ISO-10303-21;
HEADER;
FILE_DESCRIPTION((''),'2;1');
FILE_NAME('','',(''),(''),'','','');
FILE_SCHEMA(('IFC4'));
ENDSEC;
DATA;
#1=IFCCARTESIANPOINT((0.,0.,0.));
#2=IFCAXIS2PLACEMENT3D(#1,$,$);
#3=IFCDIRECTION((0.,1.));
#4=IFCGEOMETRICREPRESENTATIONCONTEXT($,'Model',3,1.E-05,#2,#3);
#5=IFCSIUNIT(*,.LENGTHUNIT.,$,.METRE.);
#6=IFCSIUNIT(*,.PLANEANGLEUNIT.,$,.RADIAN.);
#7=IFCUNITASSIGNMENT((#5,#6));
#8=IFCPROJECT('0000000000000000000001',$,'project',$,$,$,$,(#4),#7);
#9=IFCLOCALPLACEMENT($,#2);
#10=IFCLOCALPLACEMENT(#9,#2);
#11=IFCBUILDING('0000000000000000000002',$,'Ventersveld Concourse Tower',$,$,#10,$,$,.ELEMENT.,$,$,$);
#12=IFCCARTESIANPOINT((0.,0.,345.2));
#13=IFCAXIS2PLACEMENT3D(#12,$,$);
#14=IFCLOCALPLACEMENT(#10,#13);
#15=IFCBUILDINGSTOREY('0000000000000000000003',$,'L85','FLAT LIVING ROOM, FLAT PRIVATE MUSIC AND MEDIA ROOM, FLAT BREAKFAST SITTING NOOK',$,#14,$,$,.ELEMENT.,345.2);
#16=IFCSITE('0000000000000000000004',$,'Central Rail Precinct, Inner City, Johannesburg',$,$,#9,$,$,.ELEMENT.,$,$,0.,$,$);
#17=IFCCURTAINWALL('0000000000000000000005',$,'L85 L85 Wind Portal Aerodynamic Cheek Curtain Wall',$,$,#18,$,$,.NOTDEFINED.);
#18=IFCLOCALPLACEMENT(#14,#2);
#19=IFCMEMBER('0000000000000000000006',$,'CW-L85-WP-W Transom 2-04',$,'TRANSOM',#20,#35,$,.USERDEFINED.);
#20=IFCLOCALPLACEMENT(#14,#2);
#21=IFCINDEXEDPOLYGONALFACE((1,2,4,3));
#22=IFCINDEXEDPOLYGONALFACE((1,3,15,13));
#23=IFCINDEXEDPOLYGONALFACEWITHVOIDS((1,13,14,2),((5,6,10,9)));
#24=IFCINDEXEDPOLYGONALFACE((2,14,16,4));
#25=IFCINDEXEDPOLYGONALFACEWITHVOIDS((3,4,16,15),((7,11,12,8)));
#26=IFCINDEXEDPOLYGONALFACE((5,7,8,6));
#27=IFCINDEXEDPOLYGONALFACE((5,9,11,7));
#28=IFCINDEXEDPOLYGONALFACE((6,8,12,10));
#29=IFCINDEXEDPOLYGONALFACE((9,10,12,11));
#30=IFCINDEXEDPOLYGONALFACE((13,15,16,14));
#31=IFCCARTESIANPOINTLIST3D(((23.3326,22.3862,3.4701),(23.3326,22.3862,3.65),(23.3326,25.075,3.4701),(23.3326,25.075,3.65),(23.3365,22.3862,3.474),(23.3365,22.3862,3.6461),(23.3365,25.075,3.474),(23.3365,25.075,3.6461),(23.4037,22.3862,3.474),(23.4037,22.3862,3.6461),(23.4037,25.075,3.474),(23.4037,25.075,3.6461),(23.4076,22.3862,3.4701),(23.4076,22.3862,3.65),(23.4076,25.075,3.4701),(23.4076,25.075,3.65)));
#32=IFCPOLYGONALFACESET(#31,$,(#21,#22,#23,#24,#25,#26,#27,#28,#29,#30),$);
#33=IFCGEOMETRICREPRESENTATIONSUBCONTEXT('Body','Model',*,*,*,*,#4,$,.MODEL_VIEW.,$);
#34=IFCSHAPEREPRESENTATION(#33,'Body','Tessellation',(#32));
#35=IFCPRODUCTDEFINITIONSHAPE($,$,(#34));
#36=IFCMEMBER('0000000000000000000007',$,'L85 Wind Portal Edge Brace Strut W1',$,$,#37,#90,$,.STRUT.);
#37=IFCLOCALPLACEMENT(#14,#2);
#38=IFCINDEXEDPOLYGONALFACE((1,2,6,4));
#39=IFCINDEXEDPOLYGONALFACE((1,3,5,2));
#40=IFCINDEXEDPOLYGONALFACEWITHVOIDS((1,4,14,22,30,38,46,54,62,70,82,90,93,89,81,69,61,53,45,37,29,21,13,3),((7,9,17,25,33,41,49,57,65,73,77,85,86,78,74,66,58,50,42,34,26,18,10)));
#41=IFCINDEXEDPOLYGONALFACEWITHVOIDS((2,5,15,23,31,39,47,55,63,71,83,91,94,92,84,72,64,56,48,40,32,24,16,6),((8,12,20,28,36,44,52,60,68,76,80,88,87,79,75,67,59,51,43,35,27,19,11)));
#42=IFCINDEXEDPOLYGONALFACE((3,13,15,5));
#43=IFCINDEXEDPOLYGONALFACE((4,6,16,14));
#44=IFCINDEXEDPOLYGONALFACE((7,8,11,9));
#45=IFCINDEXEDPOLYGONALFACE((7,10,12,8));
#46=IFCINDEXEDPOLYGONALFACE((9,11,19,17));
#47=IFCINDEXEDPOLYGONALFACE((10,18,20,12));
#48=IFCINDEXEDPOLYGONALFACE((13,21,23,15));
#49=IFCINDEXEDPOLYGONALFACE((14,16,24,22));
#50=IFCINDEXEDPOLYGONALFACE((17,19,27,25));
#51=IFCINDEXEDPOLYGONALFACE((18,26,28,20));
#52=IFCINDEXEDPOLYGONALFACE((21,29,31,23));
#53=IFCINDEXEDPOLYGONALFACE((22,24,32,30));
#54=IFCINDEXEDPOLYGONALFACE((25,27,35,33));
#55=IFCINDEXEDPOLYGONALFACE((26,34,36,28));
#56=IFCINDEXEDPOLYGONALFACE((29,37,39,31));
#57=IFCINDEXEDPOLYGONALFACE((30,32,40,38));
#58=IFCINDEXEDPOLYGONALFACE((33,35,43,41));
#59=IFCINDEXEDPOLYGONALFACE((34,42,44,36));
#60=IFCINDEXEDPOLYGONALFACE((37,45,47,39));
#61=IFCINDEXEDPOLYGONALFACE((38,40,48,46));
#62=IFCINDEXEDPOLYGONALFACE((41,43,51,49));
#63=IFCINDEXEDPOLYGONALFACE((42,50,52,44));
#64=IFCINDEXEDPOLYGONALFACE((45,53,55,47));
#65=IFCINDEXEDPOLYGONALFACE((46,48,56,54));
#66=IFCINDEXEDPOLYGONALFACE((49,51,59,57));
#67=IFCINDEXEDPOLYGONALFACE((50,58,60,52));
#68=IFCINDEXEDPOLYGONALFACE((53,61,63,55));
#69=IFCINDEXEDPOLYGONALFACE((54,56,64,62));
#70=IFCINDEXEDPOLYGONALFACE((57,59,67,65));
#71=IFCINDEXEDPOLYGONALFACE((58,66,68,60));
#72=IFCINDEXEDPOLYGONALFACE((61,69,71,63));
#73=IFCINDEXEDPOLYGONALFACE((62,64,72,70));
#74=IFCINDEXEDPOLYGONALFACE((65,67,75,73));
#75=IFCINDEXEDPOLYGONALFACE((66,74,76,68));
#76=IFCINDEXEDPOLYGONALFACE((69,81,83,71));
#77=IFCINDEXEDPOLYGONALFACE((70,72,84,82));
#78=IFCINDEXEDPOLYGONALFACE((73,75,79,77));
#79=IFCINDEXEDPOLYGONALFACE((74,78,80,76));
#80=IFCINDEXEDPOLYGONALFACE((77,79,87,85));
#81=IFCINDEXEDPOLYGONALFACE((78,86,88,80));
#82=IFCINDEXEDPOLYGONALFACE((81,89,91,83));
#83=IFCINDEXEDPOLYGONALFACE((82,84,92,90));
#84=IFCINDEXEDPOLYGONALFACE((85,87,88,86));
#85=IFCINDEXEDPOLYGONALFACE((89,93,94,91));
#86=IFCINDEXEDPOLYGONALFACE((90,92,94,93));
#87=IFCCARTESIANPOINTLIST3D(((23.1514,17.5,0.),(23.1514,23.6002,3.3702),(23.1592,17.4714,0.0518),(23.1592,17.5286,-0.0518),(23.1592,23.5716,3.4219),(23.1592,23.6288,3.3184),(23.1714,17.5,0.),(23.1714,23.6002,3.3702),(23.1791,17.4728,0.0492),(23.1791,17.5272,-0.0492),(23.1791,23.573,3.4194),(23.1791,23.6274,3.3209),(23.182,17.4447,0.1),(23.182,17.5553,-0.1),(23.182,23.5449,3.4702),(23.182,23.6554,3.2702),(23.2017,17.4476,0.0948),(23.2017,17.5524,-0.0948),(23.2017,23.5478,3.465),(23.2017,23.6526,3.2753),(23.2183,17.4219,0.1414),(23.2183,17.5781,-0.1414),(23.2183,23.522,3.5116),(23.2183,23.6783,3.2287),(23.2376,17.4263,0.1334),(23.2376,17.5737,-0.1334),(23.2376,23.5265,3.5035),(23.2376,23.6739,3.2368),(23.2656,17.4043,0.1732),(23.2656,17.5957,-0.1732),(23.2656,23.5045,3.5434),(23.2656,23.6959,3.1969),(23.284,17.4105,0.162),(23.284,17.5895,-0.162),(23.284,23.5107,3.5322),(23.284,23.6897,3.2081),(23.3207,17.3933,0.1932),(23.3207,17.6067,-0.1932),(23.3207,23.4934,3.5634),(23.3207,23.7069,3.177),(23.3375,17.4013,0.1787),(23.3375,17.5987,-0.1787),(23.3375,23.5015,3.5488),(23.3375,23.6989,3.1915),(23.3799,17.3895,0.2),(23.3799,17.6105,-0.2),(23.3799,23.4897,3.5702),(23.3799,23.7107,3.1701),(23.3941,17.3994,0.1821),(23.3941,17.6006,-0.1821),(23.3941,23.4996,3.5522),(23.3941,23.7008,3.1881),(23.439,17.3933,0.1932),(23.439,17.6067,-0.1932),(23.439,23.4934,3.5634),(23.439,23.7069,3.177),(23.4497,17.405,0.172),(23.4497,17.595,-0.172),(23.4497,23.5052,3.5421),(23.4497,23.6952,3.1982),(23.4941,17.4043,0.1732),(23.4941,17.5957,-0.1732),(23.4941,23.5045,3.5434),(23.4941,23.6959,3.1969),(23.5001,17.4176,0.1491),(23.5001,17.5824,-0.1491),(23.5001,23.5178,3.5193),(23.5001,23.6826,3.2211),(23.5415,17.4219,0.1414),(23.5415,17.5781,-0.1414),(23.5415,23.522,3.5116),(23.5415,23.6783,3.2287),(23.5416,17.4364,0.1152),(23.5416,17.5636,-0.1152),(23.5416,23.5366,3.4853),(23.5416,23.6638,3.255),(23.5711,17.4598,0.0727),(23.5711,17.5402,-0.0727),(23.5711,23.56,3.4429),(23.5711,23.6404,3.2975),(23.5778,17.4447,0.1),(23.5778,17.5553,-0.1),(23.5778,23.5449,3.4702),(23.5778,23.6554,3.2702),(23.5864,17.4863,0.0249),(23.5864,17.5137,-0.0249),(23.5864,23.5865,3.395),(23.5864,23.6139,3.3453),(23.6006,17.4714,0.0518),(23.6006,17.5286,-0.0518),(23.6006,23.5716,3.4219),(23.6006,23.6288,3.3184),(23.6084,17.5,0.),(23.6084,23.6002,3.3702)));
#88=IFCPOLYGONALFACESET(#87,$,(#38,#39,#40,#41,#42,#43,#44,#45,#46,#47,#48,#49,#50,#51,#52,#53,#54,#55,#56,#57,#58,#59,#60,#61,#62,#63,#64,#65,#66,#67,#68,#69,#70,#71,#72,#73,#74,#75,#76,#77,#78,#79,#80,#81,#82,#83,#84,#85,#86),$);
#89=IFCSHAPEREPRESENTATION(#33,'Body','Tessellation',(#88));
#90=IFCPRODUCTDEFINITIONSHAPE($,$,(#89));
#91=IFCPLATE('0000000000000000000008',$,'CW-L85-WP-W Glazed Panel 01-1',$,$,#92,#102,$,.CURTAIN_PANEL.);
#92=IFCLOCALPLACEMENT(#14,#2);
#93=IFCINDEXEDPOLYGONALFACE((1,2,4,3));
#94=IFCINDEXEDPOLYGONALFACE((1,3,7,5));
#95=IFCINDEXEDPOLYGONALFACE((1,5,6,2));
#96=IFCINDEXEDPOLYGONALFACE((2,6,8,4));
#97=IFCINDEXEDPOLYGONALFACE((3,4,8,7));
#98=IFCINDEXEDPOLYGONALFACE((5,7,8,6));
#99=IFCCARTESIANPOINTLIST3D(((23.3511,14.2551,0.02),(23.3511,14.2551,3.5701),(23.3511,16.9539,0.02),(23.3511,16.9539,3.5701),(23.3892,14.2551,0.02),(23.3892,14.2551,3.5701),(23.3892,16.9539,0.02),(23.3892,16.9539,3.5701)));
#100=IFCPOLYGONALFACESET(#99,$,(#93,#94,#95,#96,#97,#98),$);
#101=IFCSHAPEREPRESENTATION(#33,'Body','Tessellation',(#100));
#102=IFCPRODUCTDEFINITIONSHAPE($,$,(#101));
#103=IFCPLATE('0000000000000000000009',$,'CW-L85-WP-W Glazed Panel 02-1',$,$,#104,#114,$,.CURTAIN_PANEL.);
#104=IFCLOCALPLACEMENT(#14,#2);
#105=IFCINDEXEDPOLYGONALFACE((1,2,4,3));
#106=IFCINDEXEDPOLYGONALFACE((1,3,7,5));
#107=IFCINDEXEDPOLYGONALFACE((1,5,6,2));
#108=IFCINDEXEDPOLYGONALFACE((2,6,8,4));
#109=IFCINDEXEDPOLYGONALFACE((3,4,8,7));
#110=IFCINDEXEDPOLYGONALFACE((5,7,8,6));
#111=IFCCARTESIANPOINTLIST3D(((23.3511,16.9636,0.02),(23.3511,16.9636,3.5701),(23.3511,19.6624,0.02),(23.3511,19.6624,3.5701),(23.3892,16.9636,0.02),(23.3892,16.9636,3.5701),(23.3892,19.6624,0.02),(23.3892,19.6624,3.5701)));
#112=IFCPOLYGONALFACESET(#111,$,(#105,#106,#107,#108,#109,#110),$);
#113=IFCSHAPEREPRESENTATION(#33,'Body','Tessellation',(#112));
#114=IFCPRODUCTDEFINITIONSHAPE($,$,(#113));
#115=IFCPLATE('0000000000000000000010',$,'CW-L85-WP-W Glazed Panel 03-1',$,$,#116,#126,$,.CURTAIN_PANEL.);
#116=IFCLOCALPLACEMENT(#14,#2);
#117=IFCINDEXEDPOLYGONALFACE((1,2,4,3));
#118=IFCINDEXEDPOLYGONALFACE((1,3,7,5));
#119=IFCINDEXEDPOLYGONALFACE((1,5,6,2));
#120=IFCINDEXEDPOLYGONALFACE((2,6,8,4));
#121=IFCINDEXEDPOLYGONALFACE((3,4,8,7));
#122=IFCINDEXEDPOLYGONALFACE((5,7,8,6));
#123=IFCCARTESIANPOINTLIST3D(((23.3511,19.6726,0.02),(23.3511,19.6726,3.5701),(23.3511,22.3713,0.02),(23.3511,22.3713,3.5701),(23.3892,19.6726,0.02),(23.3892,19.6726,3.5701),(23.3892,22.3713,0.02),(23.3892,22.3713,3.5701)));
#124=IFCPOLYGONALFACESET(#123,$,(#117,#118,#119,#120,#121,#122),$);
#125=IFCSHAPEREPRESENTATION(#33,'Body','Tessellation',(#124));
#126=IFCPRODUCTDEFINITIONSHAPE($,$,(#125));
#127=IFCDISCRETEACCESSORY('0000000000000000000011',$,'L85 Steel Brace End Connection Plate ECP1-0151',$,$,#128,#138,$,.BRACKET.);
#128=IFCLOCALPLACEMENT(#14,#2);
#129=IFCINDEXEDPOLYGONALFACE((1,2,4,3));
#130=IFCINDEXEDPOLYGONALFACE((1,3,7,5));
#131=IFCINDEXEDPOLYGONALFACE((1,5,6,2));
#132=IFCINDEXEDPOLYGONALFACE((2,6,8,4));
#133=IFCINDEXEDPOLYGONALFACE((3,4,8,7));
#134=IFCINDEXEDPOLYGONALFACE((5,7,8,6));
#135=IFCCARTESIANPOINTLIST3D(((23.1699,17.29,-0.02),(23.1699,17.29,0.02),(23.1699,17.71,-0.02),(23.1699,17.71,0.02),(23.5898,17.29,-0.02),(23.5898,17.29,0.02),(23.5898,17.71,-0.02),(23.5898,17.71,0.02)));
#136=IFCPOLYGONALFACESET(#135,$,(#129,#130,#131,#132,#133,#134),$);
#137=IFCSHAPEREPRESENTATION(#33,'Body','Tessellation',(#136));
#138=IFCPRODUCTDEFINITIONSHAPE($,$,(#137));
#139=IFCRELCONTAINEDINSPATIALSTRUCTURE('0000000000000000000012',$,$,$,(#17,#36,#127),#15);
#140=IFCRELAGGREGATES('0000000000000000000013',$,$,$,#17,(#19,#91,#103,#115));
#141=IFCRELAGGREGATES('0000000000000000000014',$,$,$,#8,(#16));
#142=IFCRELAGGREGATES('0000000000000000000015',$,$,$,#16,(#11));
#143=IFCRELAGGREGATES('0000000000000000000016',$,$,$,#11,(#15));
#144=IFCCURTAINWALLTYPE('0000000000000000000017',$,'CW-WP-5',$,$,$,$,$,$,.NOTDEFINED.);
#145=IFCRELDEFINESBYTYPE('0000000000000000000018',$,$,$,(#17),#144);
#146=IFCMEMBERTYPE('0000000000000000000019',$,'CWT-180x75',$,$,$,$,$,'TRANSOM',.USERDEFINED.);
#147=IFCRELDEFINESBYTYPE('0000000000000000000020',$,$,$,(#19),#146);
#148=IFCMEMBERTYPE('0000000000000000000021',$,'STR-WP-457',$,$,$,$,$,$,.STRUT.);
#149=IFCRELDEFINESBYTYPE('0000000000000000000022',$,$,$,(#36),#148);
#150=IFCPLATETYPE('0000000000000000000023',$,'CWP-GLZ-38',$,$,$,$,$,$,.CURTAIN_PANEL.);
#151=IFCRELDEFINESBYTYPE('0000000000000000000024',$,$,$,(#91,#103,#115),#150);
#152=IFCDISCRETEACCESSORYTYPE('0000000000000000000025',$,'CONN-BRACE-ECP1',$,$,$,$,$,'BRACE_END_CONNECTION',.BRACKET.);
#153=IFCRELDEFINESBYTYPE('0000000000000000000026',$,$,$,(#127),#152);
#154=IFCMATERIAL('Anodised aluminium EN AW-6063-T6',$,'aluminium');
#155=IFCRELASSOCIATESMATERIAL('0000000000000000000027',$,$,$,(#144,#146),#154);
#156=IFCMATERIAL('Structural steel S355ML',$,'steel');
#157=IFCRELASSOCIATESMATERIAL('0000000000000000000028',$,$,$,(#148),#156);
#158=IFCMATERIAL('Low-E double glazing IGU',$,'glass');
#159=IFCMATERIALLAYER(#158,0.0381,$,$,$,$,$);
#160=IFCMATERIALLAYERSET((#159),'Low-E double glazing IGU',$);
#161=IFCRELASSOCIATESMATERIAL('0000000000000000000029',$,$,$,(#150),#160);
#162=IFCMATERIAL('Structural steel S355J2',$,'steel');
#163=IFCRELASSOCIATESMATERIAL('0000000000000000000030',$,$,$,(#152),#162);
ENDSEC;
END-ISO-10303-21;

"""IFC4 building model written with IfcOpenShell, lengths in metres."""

from ifc_helpers import new_model, si_unit, direction, frame, origin, origin_2d, place, context, subcontext, project, spatial, rectangle, hollow_rectangle, hollow_circle, extrude, material, layer, layer_set, material_profile, profile_set, type_object, element, aggregate, save


model = new_model("IFC4")

# Units and contexts
model_context = context("Model", 3, precision=1e-05, world=origin(), true_north=direction((0.0, 1.0)))
body_context = subcontext(model_context, "Body", "Model", "MODEL_VIEW")
ifc_project = project(units=[si_unit("LENGTHUNIT", "METRE"), si_unit("PLANEANGLEUNIT", "RADIAN")], contexts=[model_context])

# Site, building, storey
site_placement = place(None, origin())
site = spatial("IfcSite", under=ifc_project, at=site_placement, Name="Central Rail Precinct, Inner City, Johannesburg", CompositionType="ELEMENT", RefElevation=0.0)
building_placement = place(site_placement, origin())
building = spatial("IfcBuilding", under=site, at=building_placement, Name="Ventersveld Concourse Tower", CompositionType="ELEMENT")
storey_placement = place(building_placement, frame((0.0, 0.0, 345.2)))
storey = spatial("IfcBuildingStorey", under=building, at=storey_placement, Name="L85", Description="FLAT LIVING ROOM, FLAT PRIVATE MUSIC AND MEDIA ROOM, FLAT BREAKFAST SITTING NOOK", CompositionType="ELEMENT", Elevation=345.2)

# Curtain wall, member
ifc_material_1 = material(Name="Anodised aluminium EN AW-6063-T6", Category="aluminium")
curtain_wall_type = type_object("IfcCurtainWallType", Name="CW-WP-5", PredefinedType="NOTDEFINED", material=ifc_material_1)
curtain_wall_placement = place(storey_placement, origin())
curtain_wall = element("IfcCurtainWall", 1, at=curtain_wall_placement, inside=storey, type_object=curtain_wall_type, Name="L85 L85 Wind Portal Aerodynamic Cheek Curtain Wall", PredefinedType="NOTDEFINED")
ifc_material_profile_1 = material_profile(ifc_material_1, hollow_rectangle(XDim=0.075, YDim=0.1799, WallThickness=0.0039, at=origin_2d()), Name="ALU 180x75x4")
ifc_profile_set_1 = profile_set([ifc_material_profile_1], Name="Anodised aluminium EN AW-6063-T6")
member_type_1 = type_object("IfcMemberType", Name="CWT-180x75", ElementType="TRANSOM", PredefinedType="USERDEFINED", material=ifc_profile_set_1)
member_1_placement = place(storey_placement, frame((23.3701, 22.3862, 3.5601), z_axis=(0.0, 1.0, 0.0), x_axis=(-1.0, 0.0, 0.0)))
member_1 = element("IfcMember", 2, at=member_1_placement, type_object=member_type_1, Name="CW-L85-WP-W Transom 2-04", ObjectType="TRANSOM", PredefinedType="USERDEFINED", context=body_context, shape_type="SweptSolid", body=[
    extrude(hollow_rectangle(XDim=0.075, YDim=0.1799, WallThickness=0.0039, at=origin_2d()), origin(), (0.0, 0.0, 1.0), 2.6887),
])

# Member
ifc_material_2 = material(Name="Structural steel S355ML", Category="steel")
ifc_material_profile_2 = material_profile(ifc_material_2, hollow_circle(Radius=0.2285, WallThickness=0.02, at=origin_2d()), Name="CHS 457x20")
ifc_profile_set_2 = profile_set([ifc_material_profile_2], Name="Structural steel S355ML")
member_type_2 = type_object("IfcMemberType", Name="STR-WP-457", PredefinedType="STRUT", material=ifc_profile_set_2)
member_2_placement = place(storey_placement, frame((23.3799, 17.5, 0.0), z_axis=(0.0, 0.875302, 0.483577), x_axis=(-1.0, 0.0, 0.0)))
element("IfcMember", 3, at=member_2_placement, inside=storey, type_object=member_type_2, Name="L85 Wind Portal Edge Brace Strut W1", PredefinedType="STRUT", context=body_context, shape_type="SweptSolid", body=[
    extrude(hollow_circle(Radius=0.2285, WallThickness=0.02, at=origin_2d()), origin(), (0.0, 0.0, 1.0), 6.9692),
])

# Plates
ifc_material_3 = material(Name="Low-E double glazing IGU", Category="glass")
ifc_layer = layer(ifc_material_3, 0.0381)
ifc_layer_set = layer_set([ifc_layer], Name="Low-E double glazing IGU")
plate_type = type_object("IfcPlateType", Name="CWP-GLZ-38", PredefinedType="CURTAIN_PANEL", material=ifc_layer_set)
plate_1_placement = place(storey_placement, frame((23.3701, 15.6045, 0.02), z_axis=(0.0, 0.0, 1.0), x_axis=(0.0, 1.0, 0.0)))
plate_1 = element("IfcPlate", 4, at=plate_1_placement, type_object=plate_type, Name="CW-L85-WP-W Glazed Panel 01-1", PredefinedType="CURTAIN_PANEL", context=body_context, shape_type="SweptSolid", body=[
    extrude(rectangle(XDim=2.6987, YDim=0.0381, at=origin_2d()), origin(), (0.0, 0.0, 1.0), 3.55),
])
plate_2_placement = place(storey_placement, frame((23.3701, 18.313, 0.02), z_axis=(0.0, 0.0, 1.0), x_axis=(0.0, 1.0, 0.0)))
plate_2 = element("IfcPlate", 5, at=plate_2_placement, type_object=plate_type, Name="CW-L85-WP-W Glazed Panel 02-1", PredefinedType="CURTAIN_PANEL", context=body_context, shape_type="SweptSolid", body=[
    extrude(rectangle(XDim=2.6987, YDim=0.0381, at=origin_2d()), origin(), (0.0, 0.0, 1.0), 3.55),
])
plate_3_placement = place(storey_placement, frame((23.3701, 21.022, 0.02), z_axis=(0.0, 0.0, 1.0), x_axis=(0.0, 1.0, 0.0)))
plate_3 = element("IfcPlate", 6, at=plate_3_placement, type_object=plate_type, Name="CW-L85-WP-W Glazed Panel 03-1", PredefinedType="CURTAIN_PANEL", context=body_context, shape_type="SweptSolid", body=[
    extrude(rectangle(XDim=2.6987, YDim=0.0381, at=origin_2d()), origin(), (0.0, 0.0, 1.0), 3.55),
])
aggregate(curtain_wall, [member_1, plate_1, plate_2, plate_3])

# Discrete accessory
ifc_material_4 = material(Name="Structural steel S355J2", Category="steel")
discrete_accessory_type = type_object("IfcDiscreteAccessoryType", Name="CONN-BRACE-ECP1", ElementType="BRACE_END_CONNECTION", PredefinedType="BRACKET", material=ifc_material_4)
discrete_accessory_placement = place(storey_placement, frame((23.3799, 17.5, -0.02), z_axis=(0.0, 0.0, 1.0), x_axis=(1.0, 0.0, 0.0)))
element("IfcDiscreteAccessory", 7, at=discrete_accessory_placement, inside=storey, type_object=discrete_accessory_type, Name="L85 Steel Brace End Connection Plate ECP1-0151", PredefinedType="BRACKET", context=body_context, shape_type="SweptSolid", body=[
    extrude(rectangle(XDim=0.4199, YDim=0.4199, at=origin_2d()), origin(), (0.0, 0.0, 1.0), 0.04),
])

save(model, "model.ifc")
